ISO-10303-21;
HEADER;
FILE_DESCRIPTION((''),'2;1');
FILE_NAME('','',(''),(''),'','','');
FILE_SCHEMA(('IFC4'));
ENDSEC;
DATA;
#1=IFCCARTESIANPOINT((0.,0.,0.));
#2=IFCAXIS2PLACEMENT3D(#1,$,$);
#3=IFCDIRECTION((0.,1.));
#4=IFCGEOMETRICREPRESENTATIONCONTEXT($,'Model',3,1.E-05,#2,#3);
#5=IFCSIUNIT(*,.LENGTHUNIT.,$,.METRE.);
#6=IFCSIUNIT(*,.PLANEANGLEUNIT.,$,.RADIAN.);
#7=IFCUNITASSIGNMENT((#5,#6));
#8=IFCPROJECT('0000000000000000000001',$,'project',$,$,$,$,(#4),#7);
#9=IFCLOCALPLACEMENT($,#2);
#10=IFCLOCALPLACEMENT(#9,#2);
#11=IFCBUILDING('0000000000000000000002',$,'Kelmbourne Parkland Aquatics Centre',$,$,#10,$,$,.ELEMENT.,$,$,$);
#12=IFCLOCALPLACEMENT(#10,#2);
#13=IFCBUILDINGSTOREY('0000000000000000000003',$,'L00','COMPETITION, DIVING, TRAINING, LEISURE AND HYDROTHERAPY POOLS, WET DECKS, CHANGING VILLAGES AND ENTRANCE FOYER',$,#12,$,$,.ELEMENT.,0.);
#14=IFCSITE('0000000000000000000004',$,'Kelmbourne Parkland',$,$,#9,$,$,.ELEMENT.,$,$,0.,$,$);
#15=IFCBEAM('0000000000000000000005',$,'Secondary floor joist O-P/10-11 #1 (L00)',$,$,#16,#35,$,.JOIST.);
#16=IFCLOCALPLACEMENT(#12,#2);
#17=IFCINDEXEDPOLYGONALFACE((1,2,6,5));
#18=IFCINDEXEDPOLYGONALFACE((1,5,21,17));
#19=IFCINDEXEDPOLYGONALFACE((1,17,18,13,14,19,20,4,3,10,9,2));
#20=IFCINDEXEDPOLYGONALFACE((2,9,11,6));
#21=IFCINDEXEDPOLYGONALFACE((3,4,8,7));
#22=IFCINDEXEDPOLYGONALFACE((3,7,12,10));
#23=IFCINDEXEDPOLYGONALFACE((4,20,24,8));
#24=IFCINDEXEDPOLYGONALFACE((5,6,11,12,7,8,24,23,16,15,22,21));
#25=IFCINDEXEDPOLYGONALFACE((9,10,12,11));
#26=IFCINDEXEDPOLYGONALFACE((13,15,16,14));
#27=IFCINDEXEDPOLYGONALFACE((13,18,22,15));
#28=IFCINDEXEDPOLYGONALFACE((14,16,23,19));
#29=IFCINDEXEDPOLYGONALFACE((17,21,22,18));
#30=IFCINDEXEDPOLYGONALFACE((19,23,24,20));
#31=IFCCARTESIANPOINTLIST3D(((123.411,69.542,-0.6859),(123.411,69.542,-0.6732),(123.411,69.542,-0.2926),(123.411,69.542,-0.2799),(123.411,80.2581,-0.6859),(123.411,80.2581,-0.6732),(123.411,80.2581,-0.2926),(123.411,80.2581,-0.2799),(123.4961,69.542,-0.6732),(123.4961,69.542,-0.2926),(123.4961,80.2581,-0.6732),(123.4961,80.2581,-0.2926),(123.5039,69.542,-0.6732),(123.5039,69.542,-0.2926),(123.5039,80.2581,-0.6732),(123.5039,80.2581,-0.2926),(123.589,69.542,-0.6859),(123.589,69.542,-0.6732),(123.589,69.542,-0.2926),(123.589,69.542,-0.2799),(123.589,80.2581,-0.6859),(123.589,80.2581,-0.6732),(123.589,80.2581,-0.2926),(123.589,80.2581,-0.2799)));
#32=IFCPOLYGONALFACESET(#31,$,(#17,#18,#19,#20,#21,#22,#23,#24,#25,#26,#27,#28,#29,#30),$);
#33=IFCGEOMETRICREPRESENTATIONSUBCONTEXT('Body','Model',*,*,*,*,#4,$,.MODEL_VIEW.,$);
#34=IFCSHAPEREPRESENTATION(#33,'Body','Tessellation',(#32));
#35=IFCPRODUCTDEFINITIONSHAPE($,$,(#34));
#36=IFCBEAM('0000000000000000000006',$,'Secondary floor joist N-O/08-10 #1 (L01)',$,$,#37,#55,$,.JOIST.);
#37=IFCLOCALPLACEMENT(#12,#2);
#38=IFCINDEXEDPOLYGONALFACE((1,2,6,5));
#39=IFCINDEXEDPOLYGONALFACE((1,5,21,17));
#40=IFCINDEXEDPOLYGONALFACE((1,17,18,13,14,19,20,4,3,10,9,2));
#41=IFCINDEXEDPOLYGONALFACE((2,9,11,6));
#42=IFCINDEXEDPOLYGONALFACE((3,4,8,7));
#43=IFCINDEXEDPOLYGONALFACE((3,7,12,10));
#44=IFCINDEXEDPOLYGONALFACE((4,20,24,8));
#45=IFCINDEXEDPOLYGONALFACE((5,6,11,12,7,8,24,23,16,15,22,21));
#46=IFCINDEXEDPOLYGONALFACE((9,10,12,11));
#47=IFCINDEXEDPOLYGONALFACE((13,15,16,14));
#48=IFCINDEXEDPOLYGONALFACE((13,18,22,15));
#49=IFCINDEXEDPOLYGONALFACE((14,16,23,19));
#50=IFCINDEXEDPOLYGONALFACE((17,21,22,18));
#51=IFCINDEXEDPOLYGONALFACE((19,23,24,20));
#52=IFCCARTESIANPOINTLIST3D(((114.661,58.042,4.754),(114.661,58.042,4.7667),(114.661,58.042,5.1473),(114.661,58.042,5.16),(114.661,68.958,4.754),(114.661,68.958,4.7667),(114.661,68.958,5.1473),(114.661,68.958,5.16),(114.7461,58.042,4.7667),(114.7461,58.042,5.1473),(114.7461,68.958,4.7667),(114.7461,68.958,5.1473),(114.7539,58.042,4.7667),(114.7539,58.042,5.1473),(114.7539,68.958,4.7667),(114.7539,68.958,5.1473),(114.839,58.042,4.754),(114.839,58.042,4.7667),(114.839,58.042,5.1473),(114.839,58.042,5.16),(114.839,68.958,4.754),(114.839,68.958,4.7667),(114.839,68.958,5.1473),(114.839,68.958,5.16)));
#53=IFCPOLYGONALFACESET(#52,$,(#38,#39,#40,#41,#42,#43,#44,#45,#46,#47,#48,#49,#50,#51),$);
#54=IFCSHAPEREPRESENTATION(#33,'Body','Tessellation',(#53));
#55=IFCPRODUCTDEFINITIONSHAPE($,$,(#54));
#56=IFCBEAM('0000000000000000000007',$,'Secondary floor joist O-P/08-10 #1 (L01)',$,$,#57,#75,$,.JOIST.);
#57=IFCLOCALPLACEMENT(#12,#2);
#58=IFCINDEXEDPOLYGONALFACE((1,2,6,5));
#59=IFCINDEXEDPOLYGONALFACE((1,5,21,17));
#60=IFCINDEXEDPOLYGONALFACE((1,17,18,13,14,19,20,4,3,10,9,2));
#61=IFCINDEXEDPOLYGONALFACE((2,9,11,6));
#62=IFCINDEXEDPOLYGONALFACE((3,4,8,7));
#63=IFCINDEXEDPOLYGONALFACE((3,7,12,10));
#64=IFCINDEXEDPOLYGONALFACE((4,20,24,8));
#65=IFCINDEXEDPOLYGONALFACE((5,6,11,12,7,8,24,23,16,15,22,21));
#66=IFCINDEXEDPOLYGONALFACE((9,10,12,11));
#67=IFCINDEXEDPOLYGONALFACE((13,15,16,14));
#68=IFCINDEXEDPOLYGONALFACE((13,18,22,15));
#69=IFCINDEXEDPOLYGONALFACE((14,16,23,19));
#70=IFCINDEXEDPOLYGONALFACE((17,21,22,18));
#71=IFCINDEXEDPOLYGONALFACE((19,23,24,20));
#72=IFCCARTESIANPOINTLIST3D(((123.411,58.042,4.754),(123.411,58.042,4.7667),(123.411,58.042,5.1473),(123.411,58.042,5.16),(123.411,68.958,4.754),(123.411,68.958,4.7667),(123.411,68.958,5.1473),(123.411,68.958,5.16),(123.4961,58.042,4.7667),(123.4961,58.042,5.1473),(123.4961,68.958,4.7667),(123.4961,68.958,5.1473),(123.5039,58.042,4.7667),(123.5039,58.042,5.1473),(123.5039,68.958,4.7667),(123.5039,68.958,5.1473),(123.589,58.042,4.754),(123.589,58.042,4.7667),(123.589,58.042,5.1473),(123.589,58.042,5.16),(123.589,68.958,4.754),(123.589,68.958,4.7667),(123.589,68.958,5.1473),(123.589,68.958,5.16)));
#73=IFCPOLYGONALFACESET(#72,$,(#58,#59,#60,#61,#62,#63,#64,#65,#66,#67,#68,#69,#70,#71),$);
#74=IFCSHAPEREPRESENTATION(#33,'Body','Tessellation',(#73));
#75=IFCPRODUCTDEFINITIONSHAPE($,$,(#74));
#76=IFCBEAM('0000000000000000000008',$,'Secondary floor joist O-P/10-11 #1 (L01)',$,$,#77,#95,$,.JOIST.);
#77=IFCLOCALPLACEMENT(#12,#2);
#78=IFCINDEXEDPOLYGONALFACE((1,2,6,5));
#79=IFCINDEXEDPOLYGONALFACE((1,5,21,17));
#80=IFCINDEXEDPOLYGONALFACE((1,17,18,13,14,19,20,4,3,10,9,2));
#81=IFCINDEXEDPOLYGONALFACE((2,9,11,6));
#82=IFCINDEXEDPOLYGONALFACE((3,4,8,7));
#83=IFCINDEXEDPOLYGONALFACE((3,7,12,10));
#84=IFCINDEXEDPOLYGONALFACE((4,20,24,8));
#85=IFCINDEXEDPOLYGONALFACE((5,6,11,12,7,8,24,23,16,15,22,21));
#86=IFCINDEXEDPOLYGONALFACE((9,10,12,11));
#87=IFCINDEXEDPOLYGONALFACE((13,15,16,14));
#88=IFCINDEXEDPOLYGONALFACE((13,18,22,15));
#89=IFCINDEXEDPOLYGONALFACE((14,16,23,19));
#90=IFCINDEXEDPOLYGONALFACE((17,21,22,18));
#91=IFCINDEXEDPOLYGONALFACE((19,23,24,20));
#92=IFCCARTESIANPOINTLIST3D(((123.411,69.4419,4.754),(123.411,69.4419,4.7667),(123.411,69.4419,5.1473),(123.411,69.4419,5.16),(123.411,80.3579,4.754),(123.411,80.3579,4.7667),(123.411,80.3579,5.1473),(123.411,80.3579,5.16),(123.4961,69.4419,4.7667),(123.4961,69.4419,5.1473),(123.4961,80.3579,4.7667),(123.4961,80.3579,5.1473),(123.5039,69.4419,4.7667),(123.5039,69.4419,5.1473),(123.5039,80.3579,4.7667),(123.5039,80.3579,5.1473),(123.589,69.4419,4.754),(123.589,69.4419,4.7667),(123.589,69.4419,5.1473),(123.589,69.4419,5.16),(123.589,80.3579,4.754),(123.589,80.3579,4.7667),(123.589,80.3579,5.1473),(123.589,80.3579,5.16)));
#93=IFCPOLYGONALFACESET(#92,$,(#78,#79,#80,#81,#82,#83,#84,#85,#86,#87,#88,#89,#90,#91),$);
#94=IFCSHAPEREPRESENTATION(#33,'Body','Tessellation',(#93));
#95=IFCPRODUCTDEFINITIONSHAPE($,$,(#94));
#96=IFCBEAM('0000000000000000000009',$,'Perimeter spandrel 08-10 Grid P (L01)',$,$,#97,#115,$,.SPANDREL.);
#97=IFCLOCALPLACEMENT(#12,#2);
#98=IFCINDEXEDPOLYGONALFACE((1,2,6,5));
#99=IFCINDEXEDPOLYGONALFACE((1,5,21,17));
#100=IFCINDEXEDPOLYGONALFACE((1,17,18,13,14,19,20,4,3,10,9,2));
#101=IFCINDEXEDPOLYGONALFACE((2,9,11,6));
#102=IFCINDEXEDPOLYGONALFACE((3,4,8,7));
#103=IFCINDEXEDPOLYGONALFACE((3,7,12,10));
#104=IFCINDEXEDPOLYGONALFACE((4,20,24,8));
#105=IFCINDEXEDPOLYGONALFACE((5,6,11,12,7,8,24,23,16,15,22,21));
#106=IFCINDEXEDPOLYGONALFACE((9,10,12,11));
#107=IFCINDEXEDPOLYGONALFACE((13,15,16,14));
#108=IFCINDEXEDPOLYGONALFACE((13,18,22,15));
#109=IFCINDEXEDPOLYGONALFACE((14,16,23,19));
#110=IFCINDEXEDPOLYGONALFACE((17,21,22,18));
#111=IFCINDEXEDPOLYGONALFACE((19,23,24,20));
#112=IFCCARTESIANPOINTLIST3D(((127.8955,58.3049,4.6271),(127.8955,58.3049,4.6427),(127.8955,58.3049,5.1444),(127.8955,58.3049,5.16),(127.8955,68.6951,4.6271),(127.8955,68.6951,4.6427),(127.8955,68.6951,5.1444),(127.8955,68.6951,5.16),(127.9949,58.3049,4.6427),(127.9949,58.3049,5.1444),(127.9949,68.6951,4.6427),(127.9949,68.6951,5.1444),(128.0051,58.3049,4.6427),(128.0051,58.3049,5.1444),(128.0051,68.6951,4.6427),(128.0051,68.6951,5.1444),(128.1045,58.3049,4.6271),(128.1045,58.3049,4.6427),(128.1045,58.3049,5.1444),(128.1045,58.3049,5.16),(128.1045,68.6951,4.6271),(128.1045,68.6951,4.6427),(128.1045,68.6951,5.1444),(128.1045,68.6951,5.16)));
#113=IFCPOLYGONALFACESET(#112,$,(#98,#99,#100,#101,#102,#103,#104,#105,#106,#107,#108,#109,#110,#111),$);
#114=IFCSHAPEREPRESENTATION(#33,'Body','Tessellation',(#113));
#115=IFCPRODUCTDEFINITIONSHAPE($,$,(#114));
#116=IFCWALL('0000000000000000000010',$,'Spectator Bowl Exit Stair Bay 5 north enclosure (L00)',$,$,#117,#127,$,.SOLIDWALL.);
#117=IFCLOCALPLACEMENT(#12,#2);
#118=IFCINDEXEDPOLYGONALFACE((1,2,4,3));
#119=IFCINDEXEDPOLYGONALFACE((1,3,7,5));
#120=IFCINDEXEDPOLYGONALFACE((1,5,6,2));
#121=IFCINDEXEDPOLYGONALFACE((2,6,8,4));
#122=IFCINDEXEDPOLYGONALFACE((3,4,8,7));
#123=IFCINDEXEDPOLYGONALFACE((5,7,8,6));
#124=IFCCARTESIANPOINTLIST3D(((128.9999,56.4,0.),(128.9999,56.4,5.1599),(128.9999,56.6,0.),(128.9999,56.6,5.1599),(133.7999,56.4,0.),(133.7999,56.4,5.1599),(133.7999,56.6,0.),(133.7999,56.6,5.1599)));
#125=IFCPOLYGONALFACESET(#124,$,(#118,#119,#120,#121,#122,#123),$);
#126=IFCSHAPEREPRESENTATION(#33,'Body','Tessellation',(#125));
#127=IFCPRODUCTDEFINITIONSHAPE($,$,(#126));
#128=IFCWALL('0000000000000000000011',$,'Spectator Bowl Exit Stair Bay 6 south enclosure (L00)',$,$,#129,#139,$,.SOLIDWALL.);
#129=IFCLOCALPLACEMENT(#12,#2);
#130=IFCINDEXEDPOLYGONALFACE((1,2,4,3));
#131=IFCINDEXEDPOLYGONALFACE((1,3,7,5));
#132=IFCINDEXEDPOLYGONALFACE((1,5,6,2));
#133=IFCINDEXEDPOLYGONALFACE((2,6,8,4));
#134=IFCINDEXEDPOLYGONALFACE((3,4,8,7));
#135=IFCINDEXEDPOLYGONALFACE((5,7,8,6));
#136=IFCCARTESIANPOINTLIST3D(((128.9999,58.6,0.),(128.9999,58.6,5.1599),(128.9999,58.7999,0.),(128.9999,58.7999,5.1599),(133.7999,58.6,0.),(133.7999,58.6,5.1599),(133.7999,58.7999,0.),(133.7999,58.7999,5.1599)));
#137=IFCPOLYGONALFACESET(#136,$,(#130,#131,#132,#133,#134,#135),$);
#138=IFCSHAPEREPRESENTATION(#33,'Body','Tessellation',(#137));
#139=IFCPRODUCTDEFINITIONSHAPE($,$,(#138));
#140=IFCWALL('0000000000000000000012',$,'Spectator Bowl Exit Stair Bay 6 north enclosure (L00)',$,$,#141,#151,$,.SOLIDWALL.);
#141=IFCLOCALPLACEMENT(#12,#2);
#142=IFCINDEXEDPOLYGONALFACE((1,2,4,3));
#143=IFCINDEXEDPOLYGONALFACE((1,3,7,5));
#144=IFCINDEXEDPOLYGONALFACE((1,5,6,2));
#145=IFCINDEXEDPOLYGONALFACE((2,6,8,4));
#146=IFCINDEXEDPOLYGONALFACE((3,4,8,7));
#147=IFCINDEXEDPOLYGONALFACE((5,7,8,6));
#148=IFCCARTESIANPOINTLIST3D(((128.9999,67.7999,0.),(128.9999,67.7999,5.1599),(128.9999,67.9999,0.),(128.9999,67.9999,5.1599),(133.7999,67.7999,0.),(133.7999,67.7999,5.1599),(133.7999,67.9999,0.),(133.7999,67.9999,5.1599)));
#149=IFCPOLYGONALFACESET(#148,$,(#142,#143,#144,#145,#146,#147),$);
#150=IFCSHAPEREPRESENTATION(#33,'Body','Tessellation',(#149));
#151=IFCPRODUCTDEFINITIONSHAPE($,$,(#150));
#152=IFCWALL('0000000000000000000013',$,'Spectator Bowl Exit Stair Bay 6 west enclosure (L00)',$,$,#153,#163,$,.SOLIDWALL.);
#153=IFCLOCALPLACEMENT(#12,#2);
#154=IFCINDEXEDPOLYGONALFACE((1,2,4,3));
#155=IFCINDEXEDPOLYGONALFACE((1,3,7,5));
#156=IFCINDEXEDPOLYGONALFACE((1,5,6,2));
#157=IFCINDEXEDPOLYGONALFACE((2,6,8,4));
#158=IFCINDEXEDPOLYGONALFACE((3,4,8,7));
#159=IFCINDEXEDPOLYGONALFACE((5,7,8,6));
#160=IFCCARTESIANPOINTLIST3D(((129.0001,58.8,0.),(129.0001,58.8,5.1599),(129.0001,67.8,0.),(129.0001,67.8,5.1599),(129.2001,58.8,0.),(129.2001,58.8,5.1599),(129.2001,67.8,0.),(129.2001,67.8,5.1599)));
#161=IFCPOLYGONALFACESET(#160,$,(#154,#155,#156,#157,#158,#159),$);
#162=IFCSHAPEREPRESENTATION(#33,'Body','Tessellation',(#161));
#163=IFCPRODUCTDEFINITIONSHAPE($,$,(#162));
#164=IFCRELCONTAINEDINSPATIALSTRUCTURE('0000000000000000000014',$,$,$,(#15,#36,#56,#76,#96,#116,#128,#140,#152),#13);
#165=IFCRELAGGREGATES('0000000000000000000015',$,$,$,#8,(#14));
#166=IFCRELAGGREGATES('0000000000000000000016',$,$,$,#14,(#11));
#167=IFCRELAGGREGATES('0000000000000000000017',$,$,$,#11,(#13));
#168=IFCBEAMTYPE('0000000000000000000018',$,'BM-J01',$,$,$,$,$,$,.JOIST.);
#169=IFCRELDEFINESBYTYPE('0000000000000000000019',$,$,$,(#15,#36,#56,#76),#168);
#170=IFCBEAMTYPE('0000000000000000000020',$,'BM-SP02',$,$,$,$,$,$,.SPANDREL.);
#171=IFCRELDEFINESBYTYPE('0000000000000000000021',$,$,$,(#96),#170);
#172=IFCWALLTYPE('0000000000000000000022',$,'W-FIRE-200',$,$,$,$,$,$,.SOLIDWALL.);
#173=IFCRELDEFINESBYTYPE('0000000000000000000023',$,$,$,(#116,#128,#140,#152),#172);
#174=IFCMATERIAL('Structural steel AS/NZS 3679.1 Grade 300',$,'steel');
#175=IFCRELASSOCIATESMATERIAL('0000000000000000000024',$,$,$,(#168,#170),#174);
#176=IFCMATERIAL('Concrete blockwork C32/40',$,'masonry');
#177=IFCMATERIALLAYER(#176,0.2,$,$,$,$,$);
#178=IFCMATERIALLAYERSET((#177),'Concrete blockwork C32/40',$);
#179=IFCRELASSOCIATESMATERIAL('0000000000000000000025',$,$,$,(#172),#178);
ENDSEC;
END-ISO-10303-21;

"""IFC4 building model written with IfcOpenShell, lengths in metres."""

from ifc_helpers import new_model, si_unit, direction, frame, frame_2d, origin, origin_2d, place, context, subcontext, project, spatial, rectangle, i_section, extrude, material, layer, layer_set, material_profile, profile_set, type_object, element, save


model = new_model("IFC4")

# Units and contexts
model_context = context("Model", 3, precision=1e-05, world=origin(), true_north=direction((0.0, 1.0)))
body_context = subcontext(model_context, "Body", "Model", "MODEL_VIEW")
ifc_project = project(units=[si_unit("LENGTHUNIT", "METRE"), si_unit("PLANEANGLEUNIT", "RADIAN")], contexts=[model_context])

# Site, building, storey
site_placement = place(None, origin())
site = spatial("IfcSite", under=ifc_project, at=site_placement, Name="Kelmbourne Parkland", CompositionType="ELEMENT", RefElevation=0.0)
building_placement = place(site_placement, origin())
building = spatial("IfcBuilding", under=site, at=building_placement, Name="Kelmbourne Parkland Aquatics Centre", CompositionType="ELEMENT")
storey_placement = place(building_placement, origin())
storey = spatial("IfcBuildingStorey", under=building, at=storey_placement, Name="L00", Description="COMPETITION, DIVING, TRAINING, LEISURE AND HYDROTHERAPY POOLS, WET DECKS, CHANGING VILLAGES AND ENTRANCE FOYER", CompositionType="ELEMENT", Elevation=0.0)

# Beams
ifc_material_1 = material(Name="Structural steel AS/NZS 3679.1 Grade 300", Category="steel")
ifc_material_profile_1 = material_profile(ifc_material_1, i_section(OverallWidth=0.178, OverallDepth=0.406, WebThickness=0.0078, FlangeThickness=0.0127, at=origin_2d()), Name="410UB59.7")
ifc_profile_set_1 = profile_set([ifc_material_profile_1], Name="Structural steel AS/NZS 3679.1 Grade 300")
beam_type_1 = type_object("IfcBeamType", Name="BM-J01", PredefinedType="JOIST", material=ifc_profile_set_1)
beam_1_placement = place(storey_placement, frame((123.5, 69.542, -0.4829), z_axis=(0.0, 1.0, 0.0), x_axis=(-1.0, 0.0, 0.0)))
element("IfcBeam", 1, at=beam_1_placement, inside=storey, type_object=beam_type_1, Name="Secondary floor joist O-P/10-11 #1 (L00)", PredefinedType="JOIST", context=body_context, shape_type="SweptSolid", body=[
    extrude(i_section(OverallWidth=0.178, OverallDepth=0.406, WebThickness=0.0078, FlangeThickness=0.0127, at=origin_2d()), origin(), (0.0, 0.0, 1.0), 10.7161),
])
for number, where, z_axis, x_axis, name in (
    (2, (114.75, 58.042, 4.957), (0.0, 1.0, 0.0), (-1.0, 0.0, 0.0), "Secondary floor joist N-O/08-10 #1 (L01)"),
    (3, (123.5, 58.042, 4.957), (0.0, 1.0, 0.0), (-1.0, 0.0, 0.0), "Secondary floor joist O-P/08-10 #1 (L01)"),
    (4, (123.5, 69.4419, 4.957), (0.0, 1.0, 0.0), (-1.0, 0.0, 0.0), "Secondary floor joist O-P/10-11 #1 (L01)"),
):
    element("IfcBeam", number, at=place(storey_placement, frame(where, z_axis=z_axis, x_axis=x_axis)), inside=storey, type_object=beam_type_1, Name=name, PredefinedType="JOIST", context=body_context, shape_type="SweptSolid", body=[
        extrude(i_section(OverallWidth=0.178, OverallDepth=0.406, WebThickness=0.0078, FlangeThickness=0.0127, at=origin_2d()), origin(), (0.0, 0.0, 1.0), 10.916),
    ])
ifc_material_profile_2 = material_profile(ifc_material_1, i_section(OverallWidth=0.209, OverallDepth=0.533, WebThickness=0.0103, FlangeThickness=0.0156, at=origin_2d()), Name="530UB92.4")
ifc_profile_set_2 = profile_set([ifc_material_profile_2], Name="Structural steel AS/NZS 3679.1 Grade 300")
beam_type_2 = type_object("IfcBeamType", Name="BM-SP02", PredefinedType="SPANDREL", material=ifc_profile_set_2)
beam_2_placement = place(storey_placement, frame((128.0, 58.3049, 4.8936), z_axis=(0.0, 1.0, 0.0), x_axis=(-1.0, 0.0, 0.0)))
element("IfcBeam", 5, at=beam_2_placement, inside=storey, type_object=beam_type_2, Name="Perimeter spandrel 08-10 Grid P (L01)", PredefinedType="SPANDREL", context=body_context, shape_type="SweptSolid", body=[
    extrude(i_section(OverallWidth=0.209, OverallDepth=0.533, WebThickness=0.0103, FlangeThickness=0.0156, at=origin_2d()), origin(), (0.0, 0.0, 1.0), 10.3901),
])

# Walls
ifc_material_2 = material(Name="Concrete blockwork C32/40", Category="masonry")
ifc_layer = layer(ifc_material_2, 0.2)
ifc_layer_set = layer_set([ifc_layer], Name="Concrete blockwork C32/40")
wall_type = type_object("IfcWallType", Name="W-FIRE-200", PredefinedType="SOLIDWALL", material=ifc_layer_set)
for number, where, z_axis, x_axis, name in (
    (6, (129.0, 56.5, 0.0), (0.0, 0.0, 1.0), (1.0, 0.0, 0.0), "Spectator Bowl Exit Stair Bay 5 north enclosure (L00)"),
    (7, (129.0, 58.7, 0.0), (0.0, 0.0, 1.0), (1.0, 0.0, 0.0), "Spectator Bowl Exit Stair Bay 6 south enclosure (L00)"),
    (8, (129.0, 67.8999, 0.0), (0.0, 0.0, 1.0), (1.0, 0.0, 0.0), "Spectator Bowl Exit Stair Bay 6 north enclosure (L00)"),
):
    element("IfcWall", number, at=place(storey_placement, frame(where, z_axis=z_axis, x_axis=x_axis)), inside=storey, type_object=wall_type, Name=name, PredefinedType="SOLIDWALL", context=body_context, shape_type="SweptSolid", body=[
        extrude(rectangle(XDim=4.8, YDim=0.2, at=frame_2d((2.3999, 0.0))), origin(), (0.0, 0.0, 1.0), 5.1599),
    ])
wall_placement = place(storey_placement, frame((129.1001, 58.8, 0.0), z_axis=(0.0, 0.0, 1.0), x_axis=(0.0, 1.0, 0.0)))
element("IfcWall", 9, at=wall_placement, inside=storey, type_object=wall_type, Name="Spectator Bowl Exit Stair Bay 6 west enclosure (L00)", PredefinedType="SOLIDWALL", context=body_context, shape_type="SweptSolid", body=[
    extrude(rectangle(XDim=9.0, YDim=0.2, at=frame_2d((4.5, 0.0))), origin(), (0.0, 0.0, 1.0), 5.1599),
])

save(model, "model.ifc")
